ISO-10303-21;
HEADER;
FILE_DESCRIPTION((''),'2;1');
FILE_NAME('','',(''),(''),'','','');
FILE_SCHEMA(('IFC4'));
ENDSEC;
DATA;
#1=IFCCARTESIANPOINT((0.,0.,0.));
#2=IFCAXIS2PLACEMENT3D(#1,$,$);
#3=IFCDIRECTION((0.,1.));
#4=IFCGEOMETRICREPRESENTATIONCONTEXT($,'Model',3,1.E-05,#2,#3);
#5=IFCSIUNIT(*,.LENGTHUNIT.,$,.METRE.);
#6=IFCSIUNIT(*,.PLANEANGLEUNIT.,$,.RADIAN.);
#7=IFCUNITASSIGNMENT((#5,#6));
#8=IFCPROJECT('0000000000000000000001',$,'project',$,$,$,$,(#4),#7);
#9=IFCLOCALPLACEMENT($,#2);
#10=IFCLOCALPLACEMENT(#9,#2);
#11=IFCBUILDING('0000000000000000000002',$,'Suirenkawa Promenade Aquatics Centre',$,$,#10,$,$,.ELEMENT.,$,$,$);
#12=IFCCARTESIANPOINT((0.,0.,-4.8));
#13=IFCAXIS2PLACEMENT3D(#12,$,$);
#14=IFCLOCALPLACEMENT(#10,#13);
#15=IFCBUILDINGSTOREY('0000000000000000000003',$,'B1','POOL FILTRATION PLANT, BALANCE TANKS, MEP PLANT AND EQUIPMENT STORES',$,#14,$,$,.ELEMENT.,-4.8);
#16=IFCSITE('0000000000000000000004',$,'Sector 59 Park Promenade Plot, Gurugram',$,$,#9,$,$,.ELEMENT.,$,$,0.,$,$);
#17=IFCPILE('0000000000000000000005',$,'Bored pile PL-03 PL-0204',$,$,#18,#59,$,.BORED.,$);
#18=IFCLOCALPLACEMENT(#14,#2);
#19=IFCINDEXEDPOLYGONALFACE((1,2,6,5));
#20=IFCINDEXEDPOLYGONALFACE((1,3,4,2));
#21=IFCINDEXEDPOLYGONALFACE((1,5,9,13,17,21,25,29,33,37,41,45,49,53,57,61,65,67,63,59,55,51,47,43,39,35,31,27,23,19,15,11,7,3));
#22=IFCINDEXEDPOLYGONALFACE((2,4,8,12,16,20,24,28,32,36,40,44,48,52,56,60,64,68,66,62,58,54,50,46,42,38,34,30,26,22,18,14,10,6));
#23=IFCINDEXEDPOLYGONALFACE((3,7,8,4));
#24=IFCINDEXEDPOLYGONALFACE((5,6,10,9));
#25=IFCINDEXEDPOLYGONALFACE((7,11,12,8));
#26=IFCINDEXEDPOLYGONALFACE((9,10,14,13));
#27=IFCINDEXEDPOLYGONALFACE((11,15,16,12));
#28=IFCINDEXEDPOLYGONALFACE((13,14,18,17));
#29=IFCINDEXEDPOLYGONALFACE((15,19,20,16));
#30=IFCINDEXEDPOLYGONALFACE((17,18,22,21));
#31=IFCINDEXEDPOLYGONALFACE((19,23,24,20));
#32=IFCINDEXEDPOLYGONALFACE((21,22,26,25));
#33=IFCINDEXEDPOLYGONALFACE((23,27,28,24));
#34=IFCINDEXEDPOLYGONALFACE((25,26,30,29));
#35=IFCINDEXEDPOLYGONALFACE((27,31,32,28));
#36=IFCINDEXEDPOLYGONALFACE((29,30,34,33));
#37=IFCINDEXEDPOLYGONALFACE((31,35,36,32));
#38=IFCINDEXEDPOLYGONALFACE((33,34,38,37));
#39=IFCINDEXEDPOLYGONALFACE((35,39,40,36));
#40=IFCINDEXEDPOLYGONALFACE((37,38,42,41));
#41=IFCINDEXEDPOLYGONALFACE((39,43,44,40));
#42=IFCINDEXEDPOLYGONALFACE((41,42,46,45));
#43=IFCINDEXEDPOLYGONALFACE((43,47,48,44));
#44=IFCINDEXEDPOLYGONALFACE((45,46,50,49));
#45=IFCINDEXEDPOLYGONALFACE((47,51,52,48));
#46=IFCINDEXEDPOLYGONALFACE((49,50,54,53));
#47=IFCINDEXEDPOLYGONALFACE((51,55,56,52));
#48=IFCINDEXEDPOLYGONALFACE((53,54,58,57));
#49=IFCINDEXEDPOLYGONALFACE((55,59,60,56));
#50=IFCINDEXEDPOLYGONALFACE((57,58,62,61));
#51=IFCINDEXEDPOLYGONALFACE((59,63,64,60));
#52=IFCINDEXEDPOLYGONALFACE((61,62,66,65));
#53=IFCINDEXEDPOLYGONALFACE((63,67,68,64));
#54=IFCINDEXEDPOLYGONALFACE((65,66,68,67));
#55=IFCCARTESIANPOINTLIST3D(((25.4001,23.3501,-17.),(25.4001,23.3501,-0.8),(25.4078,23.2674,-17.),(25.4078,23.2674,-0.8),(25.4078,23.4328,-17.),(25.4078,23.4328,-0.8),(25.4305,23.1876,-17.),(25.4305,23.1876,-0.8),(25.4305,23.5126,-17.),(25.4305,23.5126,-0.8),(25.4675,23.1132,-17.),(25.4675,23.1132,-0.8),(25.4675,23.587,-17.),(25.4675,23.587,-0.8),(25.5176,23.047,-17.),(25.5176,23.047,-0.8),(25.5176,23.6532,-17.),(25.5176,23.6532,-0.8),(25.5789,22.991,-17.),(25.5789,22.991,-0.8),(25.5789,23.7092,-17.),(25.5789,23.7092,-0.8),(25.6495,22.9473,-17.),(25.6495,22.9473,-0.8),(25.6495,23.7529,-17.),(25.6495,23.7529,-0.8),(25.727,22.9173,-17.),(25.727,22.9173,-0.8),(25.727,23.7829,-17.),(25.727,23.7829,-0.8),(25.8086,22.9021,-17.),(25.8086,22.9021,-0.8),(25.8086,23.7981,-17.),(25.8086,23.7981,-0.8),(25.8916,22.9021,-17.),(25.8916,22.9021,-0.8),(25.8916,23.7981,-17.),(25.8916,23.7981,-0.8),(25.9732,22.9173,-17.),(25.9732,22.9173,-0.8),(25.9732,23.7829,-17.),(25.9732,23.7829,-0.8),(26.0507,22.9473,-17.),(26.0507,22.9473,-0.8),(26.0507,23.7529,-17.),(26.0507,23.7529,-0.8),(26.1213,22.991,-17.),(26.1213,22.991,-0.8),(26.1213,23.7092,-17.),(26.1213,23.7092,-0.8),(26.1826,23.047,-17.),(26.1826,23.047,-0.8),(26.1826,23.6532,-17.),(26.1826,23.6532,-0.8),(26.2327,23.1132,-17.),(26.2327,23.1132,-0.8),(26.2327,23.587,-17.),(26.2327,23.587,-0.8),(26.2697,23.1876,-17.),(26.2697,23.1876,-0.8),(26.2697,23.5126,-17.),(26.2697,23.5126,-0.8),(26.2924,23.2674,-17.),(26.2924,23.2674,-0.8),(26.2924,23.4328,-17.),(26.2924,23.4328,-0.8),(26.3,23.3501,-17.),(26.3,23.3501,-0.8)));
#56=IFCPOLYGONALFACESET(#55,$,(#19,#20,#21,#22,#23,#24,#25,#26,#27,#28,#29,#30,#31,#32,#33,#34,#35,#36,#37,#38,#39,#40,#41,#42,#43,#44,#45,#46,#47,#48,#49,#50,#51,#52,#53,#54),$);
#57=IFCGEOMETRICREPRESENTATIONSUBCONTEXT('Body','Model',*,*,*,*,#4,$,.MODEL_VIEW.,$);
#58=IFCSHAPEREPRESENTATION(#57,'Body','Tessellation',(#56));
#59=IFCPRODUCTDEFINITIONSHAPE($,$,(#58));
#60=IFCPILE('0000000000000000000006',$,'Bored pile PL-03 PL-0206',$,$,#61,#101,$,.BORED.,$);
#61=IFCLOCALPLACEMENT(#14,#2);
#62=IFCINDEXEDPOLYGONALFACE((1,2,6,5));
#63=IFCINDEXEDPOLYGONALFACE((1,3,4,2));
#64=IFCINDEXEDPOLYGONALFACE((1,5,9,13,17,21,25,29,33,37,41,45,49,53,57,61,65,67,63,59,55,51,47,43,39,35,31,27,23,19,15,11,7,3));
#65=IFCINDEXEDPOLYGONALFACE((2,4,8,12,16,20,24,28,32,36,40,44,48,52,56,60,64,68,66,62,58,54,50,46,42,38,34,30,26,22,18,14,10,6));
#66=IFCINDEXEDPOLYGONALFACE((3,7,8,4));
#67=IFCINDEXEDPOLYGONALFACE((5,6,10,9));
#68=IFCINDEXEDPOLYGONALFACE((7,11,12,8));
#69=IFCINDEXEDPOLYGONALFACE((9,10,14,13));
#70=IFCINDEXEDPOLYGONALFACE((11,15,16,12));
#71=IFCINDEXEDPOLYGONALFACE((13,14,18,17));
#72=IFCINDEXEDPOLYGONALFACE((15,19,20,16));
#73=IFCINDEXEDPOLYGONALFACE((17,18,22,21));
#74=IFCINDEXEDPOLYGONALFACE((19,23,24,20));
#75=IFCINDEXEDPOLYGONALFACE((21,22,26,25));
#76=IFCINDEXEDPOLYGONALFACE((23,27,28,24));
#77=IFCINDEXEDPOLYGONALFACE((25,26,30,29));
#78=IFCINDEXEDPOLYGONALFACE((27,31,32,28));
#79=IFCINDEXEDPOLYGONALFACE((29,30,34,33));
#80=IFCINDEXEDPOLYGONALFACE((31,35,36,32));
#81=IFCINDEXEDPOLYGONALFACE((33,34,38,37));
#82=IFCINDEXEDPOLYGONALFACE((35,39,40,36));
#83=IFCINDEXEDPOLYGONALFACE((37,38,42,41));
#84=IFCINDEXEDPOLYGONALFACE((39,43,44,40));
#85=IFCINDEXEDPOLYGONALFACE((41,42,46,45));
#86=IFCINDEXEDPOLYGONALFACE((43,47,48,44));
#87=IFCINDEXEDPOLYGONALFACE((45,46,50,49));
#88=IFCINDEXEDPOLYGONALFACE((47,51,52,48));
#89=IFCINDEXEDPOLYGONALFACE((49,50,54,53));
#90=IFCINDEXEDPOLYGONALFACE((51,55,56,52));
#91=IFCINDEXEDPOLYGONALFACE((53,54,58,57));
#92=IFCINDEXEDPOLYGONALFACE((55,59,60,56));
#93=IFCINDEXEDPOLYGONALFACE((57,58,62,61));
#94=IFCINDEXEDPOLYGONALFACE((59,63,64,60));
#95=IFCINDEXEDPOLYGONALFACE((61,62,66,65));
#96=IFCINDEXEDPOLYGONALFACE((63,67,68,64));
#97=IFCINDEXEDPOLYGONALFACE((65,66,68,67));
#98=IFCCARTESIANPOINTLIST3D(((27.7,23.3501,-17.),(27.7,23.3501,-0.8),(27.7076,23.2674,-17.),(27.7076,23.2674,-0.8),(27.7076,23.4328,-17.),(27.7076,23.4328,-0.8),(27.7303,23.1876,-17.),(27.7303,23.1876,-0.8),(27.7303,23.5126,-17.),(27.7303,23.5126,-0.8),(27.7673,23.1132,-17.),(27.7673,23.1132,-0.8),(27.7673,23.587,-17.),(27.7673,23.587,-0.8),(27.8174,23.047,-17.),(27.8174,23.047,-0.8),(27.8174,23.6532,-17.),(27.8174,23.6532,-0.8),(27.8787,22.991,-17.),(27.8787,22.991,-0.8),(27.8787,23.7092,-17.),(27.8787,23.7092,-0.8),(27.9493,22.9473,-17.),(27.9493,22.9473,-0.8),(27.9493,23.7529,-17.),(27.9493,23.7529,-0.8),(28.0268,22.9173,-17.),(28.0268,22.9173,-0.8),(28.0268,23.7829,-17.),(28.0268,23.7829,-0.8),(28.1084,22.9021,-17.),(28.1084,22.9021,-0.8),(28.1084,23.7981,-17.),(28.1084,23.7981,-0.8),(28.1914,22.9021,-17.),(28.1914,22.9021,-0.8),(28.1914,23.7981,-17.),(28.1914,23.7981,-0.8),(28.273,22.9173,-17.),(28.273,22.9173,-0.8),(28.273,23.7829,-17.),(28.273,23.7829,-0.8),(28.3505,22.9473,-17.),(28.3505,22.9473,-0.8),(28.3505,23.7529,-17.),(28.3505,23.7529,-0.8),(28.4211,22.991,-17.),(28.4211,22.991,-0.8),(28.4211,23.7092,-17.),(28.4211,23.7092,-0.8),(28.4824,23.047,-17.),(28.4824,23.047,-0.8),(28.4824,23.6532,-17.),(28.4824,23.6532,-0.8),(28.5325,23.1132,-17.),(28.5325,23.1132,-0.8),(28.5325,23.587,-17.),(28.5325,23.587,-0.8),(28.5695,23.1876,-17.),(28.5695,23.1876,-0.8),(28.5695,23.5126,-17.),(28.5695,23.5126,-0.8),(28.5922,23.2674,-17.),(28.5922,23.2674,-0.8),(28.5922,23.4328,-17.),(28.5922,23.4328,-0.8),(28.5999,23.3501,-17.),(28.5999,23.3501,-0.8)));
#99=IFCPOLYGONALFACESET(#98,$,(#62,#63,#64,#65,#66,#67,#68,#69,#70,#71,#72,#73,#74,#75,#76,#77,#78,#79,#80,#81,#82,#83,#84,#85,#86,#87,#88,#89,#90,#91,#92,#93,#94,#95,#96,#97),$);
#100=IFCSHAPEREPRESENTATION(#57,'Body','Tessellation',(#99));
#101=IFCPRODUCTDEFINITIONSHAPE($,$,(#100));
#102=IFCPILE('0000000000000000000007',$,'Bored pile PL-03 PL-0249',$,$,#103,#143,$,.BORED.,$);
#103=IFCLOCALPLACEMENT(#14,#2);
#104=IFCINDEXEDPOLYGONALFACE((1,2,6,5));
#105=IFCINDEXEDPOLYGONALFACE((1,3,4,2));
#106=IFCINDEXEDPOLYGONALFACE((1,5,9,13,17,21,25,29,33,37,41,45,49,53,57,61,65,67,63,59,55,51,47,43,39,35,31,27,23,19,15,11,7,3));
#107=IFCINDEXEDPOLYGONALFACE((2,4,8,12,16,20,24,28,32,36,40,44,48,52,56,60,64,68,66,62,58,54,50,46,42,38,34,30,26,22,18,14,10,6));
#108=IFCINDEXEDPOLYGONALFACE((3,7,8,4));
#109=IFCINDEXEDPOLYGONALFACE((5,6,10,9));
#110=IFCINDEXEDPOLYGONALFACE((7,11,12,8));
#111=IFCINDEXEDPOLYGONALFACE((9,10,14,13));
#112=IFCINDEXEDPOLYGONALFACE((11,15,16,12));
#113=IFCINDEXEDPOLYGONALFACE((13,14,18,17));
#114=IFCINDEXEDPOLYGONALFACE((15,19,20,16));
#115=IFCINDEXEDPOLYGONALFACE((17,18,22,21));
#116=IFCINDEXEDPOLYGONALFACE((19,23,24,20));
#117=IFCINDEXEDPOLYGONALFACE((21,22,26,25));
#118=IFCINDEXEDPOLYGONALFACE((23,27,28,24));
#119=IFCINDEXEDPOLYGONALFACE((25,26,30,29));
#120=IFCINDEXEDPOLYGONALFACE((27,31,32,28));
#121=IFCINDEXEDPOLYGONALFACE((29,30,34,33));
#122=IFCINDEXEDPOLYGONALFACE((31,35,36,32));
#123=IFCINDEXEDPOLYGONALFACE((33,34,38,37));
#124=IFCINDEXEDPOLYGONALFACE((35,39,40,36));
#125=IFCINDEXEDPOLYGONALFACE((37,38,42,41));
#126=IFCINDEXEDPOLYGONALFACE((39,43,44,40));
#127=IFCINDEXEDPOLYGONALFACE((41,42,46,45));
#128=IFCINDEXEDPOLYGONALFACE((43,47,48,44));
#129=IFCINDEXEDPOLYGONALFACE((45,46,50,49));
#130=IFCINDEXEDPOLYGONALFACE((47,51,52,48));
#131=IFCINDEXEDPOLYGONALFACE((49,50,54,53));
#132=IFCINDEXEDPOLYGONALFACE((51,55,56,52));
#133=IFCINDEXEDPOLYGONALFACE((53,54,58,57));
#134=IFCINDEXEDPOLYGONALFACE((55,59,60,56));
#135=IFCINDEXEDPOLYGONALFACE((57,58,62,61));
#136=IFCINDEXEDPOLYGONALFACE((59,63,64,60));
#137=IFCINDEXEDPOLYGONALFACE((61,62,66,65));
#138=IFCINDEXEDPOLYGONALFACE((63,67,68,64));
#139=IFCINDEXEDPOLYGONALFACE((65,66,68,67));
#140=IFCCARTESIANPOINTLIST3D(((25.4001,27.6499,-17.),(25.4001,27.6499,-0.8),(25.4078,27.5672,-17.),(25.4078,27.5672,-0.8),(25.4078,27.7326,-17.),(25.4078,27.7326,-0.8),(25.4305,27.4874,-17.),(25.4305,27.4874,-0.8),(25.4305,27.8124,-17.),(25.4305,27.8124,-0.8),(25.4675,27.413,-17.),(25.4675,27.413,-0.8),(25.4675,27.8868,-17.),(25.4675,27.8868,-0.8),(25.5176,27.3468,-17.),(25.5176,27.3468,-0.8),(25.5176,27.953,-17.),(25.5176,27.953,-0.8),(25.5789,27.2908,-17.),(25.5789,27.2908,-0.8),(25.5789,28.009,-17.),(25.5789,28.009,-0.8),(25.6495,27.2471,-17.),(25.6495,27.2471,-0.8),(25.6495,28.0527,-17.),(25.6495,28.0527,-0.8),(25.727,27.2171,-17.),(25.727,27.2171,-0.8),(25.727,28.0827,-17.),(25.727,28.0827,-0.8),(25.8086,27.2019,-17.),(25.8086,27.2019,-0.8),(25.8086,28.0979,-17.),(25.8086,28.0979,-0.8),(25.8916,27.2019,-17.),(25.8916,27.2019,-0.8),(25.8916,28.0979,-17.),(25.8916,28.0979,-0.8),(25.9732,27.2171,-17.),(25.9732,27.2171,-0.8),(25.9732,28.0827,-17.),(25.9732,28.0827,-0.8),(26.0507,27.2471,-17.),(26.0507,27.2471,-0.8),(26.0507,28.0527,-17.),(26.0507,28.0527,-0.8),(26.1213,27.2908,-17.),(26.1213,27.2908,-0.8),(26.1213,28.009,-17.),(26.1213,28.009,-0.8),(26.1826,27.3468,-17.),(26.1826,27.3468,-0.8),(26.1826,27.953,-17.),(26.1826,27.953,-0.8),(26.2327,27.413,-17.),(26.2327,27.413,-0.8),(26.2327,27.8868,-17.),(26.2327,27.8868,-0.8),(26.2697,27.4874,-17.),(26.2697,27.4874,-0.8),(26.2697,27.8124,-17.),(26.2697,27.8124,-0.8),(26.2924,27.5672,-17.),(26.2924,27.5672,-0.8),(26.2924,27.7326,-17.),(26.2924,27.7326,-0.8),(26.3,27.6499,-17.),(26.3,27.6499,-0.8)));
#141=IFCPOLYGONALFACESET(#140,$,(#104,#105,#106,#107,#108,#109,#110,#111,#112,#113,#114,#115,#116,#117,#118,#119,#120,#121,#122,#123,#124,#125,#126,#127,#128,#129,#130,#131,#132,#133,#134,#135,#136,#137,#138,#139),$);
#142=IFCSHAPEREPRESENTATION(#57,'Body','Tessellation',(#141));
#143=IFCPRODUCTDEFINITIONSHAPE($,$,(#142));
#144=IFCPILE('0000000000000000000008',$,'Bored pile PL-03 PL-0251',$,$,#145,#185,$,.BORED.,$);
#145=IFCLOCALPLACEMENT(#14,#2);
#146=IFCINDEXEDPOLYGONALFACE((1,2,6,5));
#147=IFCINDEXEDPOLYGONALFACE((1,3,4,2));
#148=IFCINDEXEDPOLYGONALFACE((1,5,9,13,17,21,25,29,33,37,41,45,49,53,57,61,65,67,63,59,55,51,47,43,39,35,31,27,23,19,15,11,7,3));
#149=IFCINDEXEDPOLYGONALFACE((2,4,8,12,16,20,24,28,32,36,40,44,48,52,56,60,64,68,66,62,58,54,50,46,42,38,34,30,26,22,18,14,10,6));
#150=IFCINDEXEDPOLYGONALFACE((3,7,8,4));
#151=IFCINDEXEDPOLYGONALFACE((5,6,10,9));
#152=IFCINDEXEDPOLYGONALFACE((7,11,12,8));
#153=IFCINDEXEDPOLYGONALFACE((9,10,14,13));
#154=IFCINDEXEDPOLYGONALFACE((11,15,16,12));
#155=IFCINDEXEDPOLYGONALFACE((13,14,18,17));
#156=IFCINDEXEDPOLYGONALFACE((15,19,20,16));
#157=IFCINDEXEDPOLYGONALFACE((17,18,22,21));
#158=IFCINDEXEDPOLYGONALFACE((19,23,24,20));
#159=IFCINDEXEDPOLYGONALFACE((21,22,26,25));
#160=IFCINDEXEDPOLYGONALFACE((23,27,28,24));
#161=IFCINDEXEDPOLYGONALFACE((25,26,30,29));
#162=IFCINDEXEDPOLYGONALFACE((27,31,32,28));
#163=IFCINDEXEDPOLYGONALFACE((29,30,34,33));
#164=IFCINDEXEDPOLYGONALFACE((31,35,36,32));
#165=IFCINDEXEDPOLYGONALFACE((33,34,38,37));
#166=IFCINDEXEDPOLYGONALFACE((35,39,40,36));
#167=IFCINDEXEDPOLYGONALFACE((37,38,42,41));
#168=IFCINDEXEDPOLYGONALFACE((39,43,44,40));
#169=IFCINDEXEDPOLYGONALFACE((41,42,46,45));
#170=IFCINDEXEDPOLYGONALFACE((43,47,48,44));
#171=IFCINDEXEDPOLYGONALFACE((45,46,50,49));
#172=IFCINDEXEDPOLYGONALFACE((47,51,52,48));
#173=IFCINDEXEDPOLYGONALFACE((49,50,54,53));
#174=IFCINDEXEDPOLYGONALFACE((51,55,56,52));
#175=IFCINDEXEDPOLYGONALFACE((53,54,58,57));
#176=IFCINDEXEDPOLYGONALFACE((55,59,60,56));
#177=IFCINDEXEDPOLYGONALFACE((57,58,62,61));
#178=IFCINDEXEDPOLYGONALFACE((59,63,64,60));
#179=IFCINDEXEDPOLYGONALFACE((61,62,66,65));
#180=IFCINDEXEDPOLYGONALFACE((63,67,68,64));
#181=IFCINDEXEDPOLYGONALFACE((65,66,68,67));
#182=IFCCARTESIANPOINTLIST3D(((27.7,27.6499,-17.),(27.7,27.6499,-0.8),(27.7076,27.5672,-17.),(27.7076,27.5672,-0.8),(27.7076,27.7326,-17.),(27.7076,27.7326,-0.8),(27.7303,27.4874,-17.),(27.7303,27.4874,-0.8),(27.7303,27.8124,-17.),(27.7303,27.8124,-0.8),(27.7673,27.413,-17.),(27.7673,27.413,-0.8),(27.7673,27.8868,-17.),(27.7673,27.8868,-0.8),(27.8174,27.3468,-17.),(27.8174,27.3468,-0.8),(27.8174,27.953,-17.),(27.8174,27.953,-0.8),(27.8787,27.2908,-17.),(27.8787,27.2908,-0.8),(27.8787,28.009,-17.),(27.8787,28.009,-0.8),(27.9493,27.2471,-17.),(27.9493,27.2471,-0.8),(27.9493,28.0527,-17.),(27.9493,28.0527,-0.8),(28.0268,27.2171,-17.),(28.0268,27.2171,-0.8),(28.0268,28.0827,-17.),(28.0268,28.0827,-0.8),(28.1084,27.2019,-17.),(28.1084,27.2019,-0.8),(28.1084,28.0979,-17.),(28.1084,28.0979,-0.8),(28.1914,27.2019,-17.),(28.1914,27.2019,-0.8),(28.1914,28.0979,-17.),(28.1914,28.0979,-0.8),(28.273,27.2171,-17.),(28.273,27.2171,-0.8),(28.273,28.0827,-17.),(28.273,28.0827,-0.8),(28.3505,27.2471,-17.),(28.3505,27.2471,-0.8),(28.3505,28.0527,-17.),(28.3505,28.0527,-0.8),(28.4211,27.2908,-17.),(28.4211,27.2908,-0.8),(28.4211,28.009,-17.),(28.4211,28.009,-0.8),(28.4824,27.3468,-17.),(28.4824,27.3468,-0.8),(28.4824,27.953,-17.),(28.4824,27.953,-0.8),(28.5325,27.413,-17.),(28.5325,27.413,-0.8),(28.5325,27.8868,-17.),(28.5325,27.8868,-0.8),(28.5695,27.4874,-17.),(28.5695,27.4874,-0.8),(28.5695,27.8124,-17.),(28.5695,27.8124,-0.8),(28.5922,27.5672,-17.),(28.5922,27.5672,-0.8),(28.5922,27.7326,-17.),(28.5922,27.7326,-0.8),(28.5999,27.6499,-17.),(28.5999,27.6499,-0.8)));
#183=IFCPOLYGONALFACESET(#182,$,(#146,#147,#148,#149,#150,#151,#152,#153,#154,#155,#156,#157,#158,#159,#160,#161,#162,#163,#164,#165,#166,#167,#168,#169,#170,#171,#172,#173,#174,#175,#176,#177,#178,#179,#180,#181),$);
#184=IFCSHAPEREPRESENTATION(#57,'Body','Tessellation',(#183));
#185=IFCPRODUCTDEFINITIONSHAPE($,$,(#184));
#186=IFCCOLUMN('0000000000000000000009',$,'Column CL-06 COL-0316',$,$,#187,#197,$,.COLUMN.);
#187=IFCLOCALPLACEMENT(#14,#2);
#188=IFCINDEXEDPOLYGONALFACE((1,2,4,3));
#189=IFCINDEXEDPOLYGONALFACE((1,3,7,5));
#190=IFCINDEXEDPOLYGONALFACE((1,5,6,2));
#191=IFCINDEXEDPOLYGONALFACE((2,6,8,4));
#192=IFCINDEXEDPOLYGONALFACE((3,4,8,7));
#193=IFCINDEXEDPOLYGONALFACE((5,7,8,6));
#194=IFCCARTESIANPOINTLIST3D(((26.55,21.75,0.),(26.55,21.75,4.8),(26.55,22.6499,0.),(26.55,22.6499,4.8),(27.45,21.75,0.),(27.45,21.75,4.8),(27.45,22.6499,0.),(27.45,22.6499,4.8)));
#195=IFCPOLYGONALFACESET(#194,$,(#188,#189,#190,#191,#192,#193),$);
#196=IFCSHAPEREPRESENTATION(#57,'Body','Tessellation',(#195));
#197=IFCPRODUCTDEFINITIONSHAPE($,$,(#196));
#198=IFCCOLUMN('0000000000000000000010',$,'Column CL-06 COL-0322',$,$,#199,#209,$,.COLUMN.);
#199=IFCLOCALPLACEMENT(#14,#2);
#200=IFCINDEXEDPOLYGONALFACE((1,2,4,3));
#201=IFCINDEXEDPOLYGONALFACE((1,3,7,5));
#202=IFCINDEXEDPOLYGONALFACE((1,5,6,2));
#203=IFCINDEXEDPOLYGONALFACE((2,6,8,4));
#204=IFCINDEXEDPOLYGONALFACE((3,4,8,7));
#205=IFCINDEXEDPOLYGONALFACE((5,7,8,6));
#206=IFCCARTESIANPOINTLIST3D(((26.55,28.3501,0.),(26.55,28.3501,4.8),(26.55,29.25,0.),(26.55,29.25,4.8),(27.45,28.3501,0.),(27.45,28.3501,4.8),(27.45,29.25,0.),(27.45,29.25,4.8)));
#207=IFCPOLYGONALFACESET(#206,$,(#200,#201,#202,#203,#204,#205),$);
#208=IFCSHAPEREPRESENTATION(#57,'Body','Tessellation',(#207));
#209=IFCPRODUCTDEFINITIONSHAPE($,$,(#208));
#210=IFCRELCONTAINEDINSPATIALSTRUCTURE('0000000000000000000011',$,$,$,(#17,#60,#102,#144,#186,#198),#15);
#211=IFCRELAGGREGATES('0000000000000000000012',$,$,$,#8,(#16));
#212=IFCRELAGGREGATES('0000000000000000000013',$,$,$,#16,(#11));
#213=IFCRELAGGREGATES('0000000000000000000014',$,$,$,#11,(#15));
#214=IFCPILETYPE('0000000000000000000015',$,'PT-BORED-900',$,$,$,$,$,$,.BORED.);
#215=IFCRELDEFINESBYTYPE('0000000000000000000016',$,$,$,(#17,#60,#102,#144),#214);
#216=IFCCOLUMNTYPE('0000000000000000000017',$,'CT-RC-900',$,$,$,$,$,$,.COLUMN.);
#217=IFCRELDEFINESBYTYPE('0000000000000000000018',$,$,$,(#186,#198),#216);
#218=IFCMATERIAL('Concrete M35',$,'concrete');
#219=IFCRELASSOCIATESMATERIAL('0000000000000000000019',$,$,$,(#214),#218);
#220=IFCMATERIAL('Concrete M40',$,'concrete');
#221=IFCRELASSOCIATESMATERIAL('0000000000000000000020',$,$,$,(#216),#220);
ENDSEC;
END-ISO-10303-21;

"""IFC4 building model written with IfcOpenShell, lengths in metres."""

from ifc_helpers import new_model, si_unit, direction, frame, origin, origin_2d, place, context, subcontext, project, spatial, rectangle, circle, extrude, material, material_profile, profile_set, type_object, element, save


model = new_model("IFC4")

# Units and contexts
model_context = context("Model", 3, precision=1e-05, world=origin(), true_north=direction((0.0, 1.0)))
body_context = subcontext(model_context, "Body", "Model", "MODEL_VIEW")
ifc_project = project(units=[si_unit("LENGTHUNIT", "METRE"), si_unit("PLANEANGLEUNIT", "RADIAN")], contexts=[model_context])

# Site, building, storey
site_placement = place(None, origin())
site = spatial("IfcSite", under=ifc_project, at=site_placement, Name="Sector 59 Park Promenade Plot, Gurugram", CompositionType="ELEMENT", RefElevation=0.0)
building_placement = place(site_placement, origin())
building = spatial("IfcBuilding", under=site, at=building_placement, Name="Suirenkawa Promenade Aquatics Centre", CompositionType="ELEMENT")
storey_placement = place(building_placement, frame((0.0, 0.0, -4.8)))
storey = spatial("IfcBuildingStorey", under=building, at=storey_placement, Name="B1", Description="POOL FILTRATION PLANT, BALANCE TANKS, MEP PLANT AND EQUIPMENT STORES", CompositionType="ELEMENT", Elevation=-4.8)

# Shared definitions
ifc_material_1 = material(Name="Concrete M35", Category="concrete")

# Piles
ifc_material_profile_1 = material_profile(ifc_material_1, circle(Radius=0.45, at=origin_2d()), Name="PILE D900", Category="concrete")
ifc_profile_set_1 = profile_set([ifc_material_profile_1], Name="Concrete M35")
pile_type_1 = type_object("IfcPileType", Name="PT-BORED-900", PredefinedType="BORED", material=ifc_profile_set_1)
for number, where, z_axis, x_axis, name in (
    (1, (25.8501, 23.3501, -0.8), (0.0, 0.0, -1.0), (1.0, 0.0, 0.0), "Bored pile PL-03 PL-0204"),
    (2, (28.1499, 23.3501, -0.8), (0.0, 0.0, -1.0), (1.0, 0.0, 0.0), "Bored pile PL-03 PL-0206"),
    (3, (25.8501, 27.6499, -0.8), (0.0, 0.0, -1.0), (1.0, 0.0, 0.0), "Bored pile PL-03 PL-0249"),
    (4, (28.1499, 27.6499, -0.8), (0.0, 0.0, -1.0), (1.0, 0.0, 0.0), "Bored pile PL-03 PL-0251"),
):
    element("IfcPile", number, at=place(storey_placement, frame(where, z_axis=z_axis, x_axis=x_axis)), inside=storey, type_object=pile_type_1, Name=name, PredefinedType="BORED", context=body_context, shape_type="SweptSolid", body=[
        extrude(circle(Radius=0.45, at=origin_2d()), origin(), (0.0, 0.0, 1.0), 16.2),
    ])

# Columns
ifc_material_2 = material(Name="Concrete M40", Category="concrete")
ifc_material_profile_2 = material_profile(ifc_material_2, rectangle(XDim=0.8999, YDim=0.8999, at=origin_2d()), Name="RC COL 900x900", Category="concrete")
ifc_profile_set_2 = profile_set([ifc_material_profile_2], Name="Concrete M40")
column_type = type_object("IfcColumnType", Name="CT-RC-900", PredefinedType="COLUMN", material=ifc_profile_set_2)
for number, where, z_axis, x_axis, name in (
    (5, (27.0, 22.2, 0.0), (0.0, 0.0, 1.0), (1.0, 0.0, 0.0), "Column CL-06 COL-0316"),
    (6, (27.0, 28.8, 0.0), (0.0, 0.0, 1.0), (1.0, 0.0, 0.0), "Column CL-06 COL-0322"),
):
    element("IfcColumn", number, at=place(storey_placement, frame(where, z_axis=z_axis, x_axis=x_axis)), inside=storey, type_object=column_type, Name=name, PredefinedType="COLUMN", context=body_context, shape_type="SweptSolid", body=[
        extrude(rectangle(XDim=0.8999, YDim=0.8999, at=origin_2d()), origin(), (0.0, 0.0, 1.0), 4.8),
    ])

save(model, "model.ifc")
